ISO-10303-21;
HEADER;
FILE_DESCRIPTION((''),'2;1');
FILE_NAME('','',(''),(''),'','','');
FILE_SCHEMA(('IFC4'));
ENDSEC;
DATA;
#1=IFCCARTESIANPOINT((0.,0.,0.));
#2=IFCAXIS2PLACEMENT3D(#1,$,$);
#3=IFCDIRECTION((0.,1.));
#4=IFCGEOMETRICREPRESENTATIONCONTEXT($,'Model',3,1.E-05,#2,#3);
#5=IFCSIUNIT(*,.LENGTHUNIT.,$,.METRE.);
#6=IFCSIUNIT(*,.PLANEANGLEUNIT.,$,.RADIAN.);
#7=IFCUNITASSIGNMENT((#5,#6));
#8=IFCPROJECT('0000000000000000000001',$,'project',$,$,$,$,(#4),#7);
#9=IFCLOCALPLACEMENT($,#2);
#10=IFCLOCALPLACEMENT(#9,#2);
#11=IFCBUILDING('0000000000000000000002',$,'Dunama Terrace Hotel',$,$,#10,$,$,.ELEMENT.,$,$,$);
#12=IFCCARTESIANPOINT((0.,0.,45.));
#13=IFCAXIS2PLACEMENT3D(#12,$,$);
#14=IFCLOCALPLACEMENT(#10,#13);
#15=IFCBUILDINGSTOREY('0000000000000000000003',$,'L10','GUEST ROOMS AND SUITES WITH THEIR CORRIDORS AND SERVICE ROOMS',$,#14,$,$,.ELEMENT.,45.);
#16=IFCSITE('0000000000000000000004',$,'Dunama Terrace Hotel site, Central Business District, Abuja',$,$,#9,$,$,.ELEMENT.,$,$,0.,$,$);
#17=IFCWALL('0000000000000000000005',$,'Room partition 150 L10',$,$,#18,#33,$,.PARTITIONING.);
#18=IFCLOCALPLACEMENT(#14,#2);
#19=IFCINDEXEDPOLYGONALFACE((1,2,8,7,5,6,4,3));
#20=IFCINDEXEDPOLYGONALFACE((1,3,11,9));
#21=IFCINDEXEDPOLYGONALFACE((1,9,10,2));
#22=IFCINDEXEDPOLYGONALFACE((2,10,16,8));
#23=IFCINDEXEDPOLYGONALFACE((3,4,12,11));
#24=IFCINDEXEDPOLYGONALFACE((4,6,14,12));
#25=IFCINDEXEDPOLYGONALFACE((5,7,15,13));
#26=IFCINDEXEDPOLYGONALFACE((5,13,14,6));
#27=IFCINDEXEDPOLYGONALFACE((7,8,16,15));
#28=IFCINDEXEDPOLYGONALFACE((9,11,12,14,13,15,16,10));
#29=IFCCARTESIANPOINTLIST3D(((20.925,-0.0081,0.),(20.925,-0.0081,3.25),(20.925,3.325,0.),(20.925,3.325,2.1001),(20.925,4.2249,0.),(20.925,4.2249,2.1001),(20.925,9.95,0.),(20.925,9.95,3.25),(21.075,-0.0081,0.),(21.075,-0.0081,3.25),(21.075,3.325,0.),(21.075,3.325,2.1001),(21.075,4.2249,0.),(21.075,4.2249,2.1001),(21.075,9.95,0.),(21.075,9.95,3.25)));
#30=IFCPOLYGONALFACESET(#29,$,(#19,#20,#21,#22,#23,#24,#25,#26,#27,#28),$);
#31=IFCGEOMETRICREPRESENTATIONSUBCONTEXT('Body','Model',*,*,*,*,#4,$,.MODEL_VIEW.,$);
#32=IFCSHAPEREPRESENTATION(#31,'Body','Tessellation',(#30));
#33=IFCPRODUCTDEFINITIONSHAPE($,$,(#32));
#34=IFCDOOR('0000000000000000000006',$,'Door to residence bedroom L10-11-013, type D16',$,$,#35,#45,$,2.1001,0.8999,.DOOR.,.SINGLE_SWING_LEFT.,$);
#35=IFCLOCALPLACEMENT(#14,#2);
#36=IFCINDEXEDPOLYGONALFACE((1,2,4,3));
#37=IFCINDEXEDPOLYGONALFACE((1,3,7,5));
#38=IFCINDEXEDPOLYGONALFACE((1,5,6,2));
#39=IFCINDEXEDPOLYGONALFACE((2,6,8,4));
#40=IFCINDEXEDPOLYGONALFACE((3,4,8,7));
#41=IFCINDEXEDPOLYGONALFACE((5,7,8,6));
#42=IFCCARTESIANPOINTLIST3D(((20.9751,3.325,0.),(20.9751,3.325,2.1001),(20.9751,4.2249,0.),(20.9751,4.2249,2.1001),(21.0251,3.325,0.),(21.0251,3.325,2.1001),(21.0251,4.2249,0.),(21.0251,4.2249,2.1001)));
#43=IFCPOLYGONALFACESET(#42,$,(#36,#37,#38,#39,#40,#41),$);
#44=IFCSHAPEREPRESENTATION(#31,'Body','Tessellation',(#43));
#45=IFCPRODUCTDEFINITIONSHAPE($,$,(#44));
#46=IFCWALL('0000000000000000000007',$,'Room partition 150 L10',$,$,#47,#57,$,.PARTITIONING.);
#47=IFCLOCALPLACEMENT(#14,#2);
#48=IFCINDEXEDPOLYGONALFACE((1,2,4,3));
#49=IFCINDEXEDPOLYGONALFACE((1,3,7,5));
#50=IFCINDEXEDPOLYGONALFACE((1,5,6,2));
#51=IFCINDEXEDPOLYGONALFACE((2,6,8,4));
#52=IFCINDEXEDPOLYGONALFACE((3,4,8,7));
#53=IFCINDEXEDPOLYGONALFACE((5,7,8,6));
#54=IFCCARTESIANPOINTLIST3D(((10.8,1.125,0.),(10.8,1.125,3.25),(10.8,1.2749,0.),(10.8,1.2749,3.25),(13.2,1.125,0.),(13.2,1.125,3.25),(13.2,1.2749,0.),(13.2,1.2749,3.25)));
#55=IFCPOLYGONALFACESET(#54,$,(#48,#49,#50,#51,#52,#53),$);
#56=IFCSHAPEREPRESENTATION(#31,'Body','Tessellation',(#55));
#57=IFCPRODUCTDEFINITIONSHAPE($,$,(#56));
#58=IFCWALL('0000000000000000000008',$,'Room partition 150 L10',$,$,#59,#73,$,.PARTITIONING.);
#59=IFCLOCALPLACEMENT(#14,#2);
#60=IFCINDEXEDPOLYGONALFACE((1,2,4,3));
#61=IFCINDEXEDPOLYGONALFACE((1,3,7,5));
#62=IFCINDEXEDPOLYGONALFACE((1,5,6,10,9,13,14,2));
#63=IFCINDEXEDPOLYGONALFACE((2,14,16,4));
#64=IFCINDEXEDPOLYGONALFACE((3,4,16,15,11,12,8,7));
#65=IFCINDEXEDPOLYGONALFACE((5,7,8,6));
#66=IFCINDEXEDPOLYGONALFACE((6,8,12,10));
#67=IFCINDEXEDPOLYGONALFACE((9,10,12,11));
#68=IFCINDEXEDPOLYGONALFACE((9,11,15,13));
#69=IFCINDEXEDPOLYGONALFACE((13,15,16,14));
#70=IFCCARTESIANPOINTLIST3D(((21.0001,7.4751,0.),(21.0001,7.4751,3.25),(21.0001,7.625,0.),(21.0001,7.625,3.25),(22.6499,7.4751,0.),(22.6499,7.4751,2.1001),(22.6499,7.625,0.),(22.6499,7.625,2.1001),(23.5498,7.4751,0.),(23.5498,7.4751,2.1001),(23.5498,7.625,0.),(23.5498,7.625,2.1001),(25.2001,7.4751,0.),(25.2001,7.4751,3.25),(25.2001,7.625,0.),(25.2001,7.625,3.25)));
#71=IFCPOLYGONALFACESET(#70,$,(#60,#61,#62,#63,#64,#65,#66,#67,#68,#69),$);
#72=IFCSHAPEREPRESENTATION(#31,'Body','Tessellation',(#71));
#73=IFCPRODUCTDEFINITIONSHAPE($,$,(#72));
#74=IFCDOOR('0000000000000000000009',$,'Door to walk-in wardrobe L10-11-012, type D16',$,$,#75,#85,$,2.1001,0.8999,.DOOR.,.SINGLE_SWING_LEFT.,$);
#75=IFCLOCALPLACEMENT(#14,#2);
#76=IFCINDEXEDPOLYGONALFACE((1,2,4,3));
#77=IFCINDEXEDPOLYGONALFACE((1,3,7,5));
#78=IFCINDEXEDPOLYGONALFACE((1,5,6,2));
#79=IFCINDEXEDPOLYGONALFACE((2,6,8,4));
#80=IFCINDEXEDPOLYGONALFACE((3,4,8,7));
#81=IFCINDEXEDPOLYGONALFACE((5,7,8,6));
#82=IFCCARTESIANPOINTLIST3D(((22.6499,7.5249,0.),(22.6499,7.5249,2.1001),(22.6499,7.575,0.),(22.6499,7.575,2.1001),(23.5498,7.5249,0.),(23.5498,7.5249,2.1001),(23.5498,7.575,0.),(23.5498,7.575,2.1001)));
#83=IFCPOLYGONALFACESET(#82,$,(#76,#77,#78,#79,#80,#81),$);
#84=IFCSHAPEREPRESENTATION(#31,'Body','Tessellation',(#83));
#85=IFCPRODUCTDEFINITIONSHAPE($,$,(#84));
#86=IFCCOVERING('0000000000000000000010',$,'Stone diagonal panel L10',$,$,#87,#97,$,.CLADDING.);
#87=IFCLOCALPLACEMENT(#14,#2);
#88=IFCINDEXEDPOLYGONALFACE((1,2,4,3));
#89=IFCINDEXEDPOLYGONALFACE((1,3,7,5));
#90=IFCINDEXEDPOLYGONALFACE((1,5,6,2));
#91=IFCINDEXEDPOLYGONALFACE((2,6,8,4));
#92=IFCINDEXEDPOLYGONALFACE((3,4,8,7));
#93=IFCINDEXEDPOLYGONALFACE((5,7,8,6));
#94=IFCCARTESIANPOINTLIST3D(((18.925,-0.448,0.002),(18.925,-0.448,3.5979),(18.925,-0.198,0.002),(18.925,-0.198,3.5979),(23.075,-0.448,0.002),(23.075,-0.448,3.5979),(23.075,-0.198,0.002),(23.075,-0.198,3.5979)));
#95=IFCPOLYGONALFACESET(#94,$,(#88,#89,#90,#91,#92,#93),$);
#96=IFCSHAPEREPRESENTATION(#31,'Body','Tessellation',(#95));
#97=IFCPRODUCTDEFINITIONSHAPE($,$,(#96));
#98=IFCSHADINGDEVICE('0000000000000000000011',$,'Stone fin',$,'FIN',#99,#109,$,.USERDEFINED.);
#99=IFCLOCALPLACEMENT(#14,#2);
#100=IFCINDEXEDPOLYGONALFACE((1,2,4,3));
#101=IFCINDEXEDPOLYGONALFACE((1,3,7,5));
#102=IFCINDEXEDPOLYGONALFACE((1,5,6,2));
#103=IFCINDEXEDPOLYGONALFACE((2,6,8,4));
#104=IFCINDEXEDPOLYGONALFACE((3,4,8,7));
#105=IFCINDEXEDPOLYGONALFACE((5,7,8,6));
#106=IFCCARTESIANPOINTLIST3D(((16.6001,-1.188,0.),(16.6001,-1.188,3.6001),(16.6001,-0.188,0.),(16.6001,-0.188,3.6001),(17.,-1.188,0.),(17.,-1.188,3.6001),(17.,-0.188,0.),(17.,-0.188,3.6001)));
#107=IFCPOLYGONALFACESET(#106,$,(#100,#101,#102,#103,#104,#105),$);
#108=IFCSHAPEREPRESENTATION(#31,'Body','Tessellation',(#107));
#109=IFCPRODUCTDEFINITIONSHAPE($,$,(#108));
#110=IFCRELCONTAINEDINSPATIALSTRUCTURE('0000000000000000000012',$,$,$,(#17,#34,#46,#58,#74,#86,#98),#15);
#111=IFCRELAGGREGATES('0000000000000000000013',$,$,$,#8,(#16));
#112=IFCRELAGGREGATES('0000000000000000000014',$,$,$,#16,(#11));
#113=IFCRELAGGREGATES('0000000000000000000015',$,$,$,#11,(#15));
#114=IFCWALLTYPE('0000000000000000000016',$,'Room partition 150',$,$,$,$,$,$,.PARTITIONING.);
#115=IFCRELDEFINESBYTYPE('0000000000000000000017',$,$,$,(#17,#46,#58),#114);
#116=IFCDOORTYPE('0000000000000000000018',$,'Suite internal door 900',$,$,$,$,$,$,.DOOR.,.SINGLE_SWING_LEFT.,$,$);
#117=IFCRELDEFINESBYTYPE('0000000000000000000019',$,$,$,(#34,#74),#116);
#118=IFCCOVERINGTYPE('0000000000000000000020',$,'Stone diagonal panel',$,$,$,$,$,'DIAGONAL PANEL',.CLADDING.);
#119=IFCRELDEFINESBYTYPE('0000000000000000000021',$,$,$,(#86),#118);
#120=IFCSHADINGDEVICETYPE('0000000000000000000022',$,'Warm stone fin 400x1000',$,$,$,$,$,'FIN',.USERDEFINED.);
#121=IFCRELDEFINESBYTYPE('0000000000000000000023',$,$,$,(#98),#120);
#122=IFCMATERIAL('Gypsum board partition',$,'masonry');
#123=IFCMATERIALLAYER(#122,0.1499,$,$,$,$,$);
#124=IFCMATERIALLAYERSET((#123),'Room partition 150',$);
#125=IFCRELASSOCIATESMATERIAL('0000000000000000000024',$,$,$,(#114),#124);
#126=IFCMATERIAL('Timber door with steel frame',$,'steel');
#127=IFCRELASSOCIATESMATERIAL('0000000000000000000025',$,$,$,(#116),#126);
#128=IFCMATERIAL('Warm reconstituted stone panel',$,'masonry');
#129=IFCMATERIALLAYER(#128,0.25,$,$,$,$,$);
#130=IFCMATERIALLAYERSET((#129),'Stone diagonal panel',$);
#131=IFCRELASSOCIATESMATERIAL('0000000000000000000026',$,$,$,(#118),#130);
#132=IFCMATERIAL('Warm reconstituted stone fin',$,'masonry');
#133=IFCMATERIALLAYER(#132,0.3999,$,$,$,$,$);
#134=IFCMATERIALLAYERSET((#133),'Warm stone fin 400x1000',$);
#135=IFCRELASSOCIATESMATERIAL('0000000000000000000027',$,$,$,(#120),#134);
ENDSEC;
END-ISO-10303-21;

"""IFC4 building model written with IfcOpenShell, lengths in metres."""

from ifc_helpers import new_model, si_unit, direction, frame, frame_2d, origin, origin_2d, place, context, subcontext, project, spatial, rectangle, extrude, material, layer, layer_set, type_object, element, fill, save


model = new_model("IFC4")

# Units and contexts
model_context = context("Model", 3, precision=1e-05, world=origin(), true_north=direction((0.0, 1.0)))
body_context = subcontext(model_context, "Body", "Model", "MODEL_VIEW")
ifc_project = project(units=[si_unit("LENGTHUNIT", "METRE"), si_unit("PLANEANGLEUNIT", "RADIAN")], contexts=[model_context])

# Site, building, storey
site_placement = place(None, origin())
site = spatial("IfcSite", under=ifc_project, at=site_placement, Name="Dunama Terrace Hotel site, Central Business District, Abuja", CompositionType="ELEMENT", RefElevation=0.0)
building_placement = place(site_placement, origin())
building = spatial("IfcBuilding", under=site, at=building_placement, Name="Dunama Terrace Hotel", CompositionType="ELEMENT")
storey_placement = place(building_placement, frame((0.0, 0.0, 45.0)))
storey = spatial("IfcBuildingStorey", under=building, at=storey_placement, Name="L10", Description="GUEST ROOMS AND SUITES WITH THEIR CORRIDORS AND SERVICE ROOMS", CompositionType="ELEMENT", Elevation=45.0)

# Shared definitions
ifc_material_1 = material(Name="Gypsum board partition", Category="masonry")
ifc_layer_1 = layer(ifc_material_1, 0.1499)
ifc_layer_set_1 = layer_set([ifc_layer_1], Name="Room partition 150")
wall_type_1 = type_object("IfcWallType", Name="Room partition 150", PredefinedType="PARTITIONING", material=ifc_layer_set_1)
ifc_material_2 = material(Name="Timber door with steel frame", Category="steel")
door_type_1 = type_object("IfcDoorType", Name="Suite internal door 900", OperationType="SINGLE_SWING_LEFT", PredefinedType="DOOR", material=ifc_material_2)

# Wall, opening, door
wall_1_placement = place(storey_placement, frame((21.0, -0.0081, 0.0), z_axis=(0.0, 0.0, 1.0), x_axis=(0.0, 1.0, 0.0)))
wall_1 = element("IfcWall", 1, at=wall_1_placement, inside=storey, type_object=wall_type_1, Name="Room partition 150 L10", PredefinedType="PARTITIONING", context=body_context, shape_type="SweptSolid", body=[
    extrude(rectangle(XDim=9.958, YDim=0.1499, at=frame_2d((4.979, 0.0))), origin(), (0.0, 0.0, 1.0), 3.25),
])
opening_1_placement = place(wall_1_placement, frame((3.333, 0.0, 0.0)))
opening_1 = element("IfcOpeningElement", 2, at=opening_1_placement, cuts=wall_1, PredefinedType="OPENING", context=body_context, shape_type="SweptSolid", body=[
    extrude(rectangle(XDim=0.8999, YDim=2.1001, at=frame_2d((0.45, 1.05))), frame((0.0, 0.085, 0.0), z_axis=(0.0, -1.0, 0.0), x_axis=(1.0, 0.0, 0.0)), (0.0, 0.0, 1.0), 0.1699),
])
door_1_placement = place(opening_1_placement, frame((0.8999, 0.0, 0.0), z_axis=(0.0, 0.0, 1.0), x_axis=(-1.0, 0.0, 0.0)))
door_1 = element("IfcDoor", 3, at=door_1_placement, inside=storey, type_object=door_type_1, Name="Door to residence bedroom L10-11-013, type D16", OperationType="SINGLE_SWING_LEFT", OverallHeight=2.1001, OverallWidth=0.8999, PredefinedType="DOOR", context=body_context, shape_type="SweptSolid", body=[
    extrude(rectangle(XDim=0.8999, YDim=2.1001, at=frame_2d((0.45, 1.05))), frame((0.0, 0.0251, 0.0), z_axis=(0.0, -1.0, 0.0), x_axis=(1.0, 0.0, 0.0)), (0.0, 0.0, 1.0), 0.05),
])
fill(opening_1, door_1)

# Wall
wall_2_placement = place(storey_placement, frame((10.8, 1.2, 0.0), z_axis=(0.0, 0.0, 1.0), x_axis=(1.0, 0.0, 0.0)))
element("IfcWall", 4, at=wall_2_placement, inside=storey, type_object=wall_type_1, Name="Room partition 150 L10", PredefinedType="PARTITIONING", context=body_context, shape_type="SweptSolid", body=[
    extrude(rectangle(XDim=2.3999, YDim=0.1499, at=frame_2d((1.2, 0.0))), origin(), (0.0, 0.0, 1.0), 3.25),
])

# Wall, opening, door
wall_3_placement = place(storey_placement, frame((21.0, 7.55, 0.0), z_axis=(0.0, 0.0, 1.0), x_axis=(1.0, 0.0, 0.0)))
wall_3 = element("IfcWall", 5, at=wall_3_placement, inside=storey, type_object=wall_type_1, Name="Room partition 150 L10", PredefinedType="PARTITIONING", context=body_context, shape_type="SweptSolid", body=[
    extrude(rectangle(XDim=4.2, YDim=0.1499, at=frame_2d((2.1001, 0.0))), origin(), (0.0, 0.0, 1.0), 3.25),
])
opening_2_placement = place(wall_3_placement, frame((1.6499, 0.0, 0.0)))
opening_2 = element("IfcOpeningElement", 6, at=opening_2_placement, cuts=wall_3, PredefinedType="OPENING", context=body_context, shape_type="SweptSolid", body=[
    extrude(rectangle(XDim=0.8999, YDim=2.1001, at=frame_2d((0.45, 1.05))), frame((0.0, 0.085, 0.0), z_axis=(0.0, -1.0, 0.0), x_axis=(1.0, 0.0, 0.0)), (0.0, 0.0, 1.0), 0.1699),
])
door_2_placement = place(opening_2_placement, origin())
door_2 = element("IfcDoor", 7, at=door_2_placement, inside=storey, type_object=door_type_1, Name="Door to walk-in wardrobe L10-11-012, type D16", OperationType="SINGLE_SWING_LEFT", OverallHeight=2.1001, OverallWidth=0.8999, PredefinedType="DOOR", context=body_context, shape_type="SweptSolid", body=[
    extrude(rectangle(XDim=0.8999, YDim=2.1001, at=frame_2d((0.45, 1.05))), frame((0.0, 0.0249, 0.0), z_axis=(0.0, -1.0, 0.0), x_axis=(1.0, 0.0, 0.0)), (0.0, 0.0, 1.0), 0.05),
])
fill(opening_2, door_2)

# Covering
ifc_material_3 = material(Name="Warm reconstituted stone panel", Category="masonry")
ifc_layer_2 = layer(ifc_material_3, 0.25)
ifc_layer_set_2 = layer_set([ifc_layer_2], Name="Stone diagonal panel")
covering_type = type_object("IfcCoveringType", Name="Stone diagonal panel", ElementType="DIAGONAL PANEL", PredefinedType="CLADDING", material=ifc_layer_set_2)
covering_placement = place(storey_placement, frame((21.0, -0.323, 0.002), z_axis=(0.0, 0.0, 1.0), x_axis=(1.0, 0.0, 0.0)))
element("IfcCovering", 8, at=covering_placement, inside=storey, type_object=covering_type, Name="Stone diagonal panel L10", PredefinedType="CLADDING", context=body_context, shape_type="SweptSolid", body=[
    extrude(rectangle(XDim=4.1499, YDim=0.25, at=origin_2d()), origin(), (0.0, 0.0, 1.0), 3.5959),
])

# Shading device
ifc_material_4 = material(Name="Warm reconstituted stone fin", Category="masonry")
ifc_layer_3 = layer(ifc_material_4, 0.3999)
ifc_layer_set_3 = layer_set([ifc_layer_3], Name="Warm stone fin 400x1000")
shading_device_type = type_object("IfcShadingDeviceType", Name="Warm stone fin 400x1000", ElementType="FIN", PredefinedType="USERDEFINED", material=ifc_layer_set_3)
shading_device_placement = place(storey_placement, frame((16.8, -0.688, 0.0), z_axis=(0.0, 0.0, 1.0), x_axis=(1.0, 0.0, 0.0)))
element("IfcShadingDevice", 9, at=shading_device_placement, inside=storey, type_object=shading_device_type, Name="Stone fin", ObjectType="FIN", PredefinedType="USERDEFINED", context=body_context, shape_type="SweptSolid", body=[
    extrude(rectangle(XDim=0.3999, YDim=1.0, at=origin_2d()), origin(), (0.0, 0.0, 1.0), 3.6001),
])

save(model, "model.ifc")
